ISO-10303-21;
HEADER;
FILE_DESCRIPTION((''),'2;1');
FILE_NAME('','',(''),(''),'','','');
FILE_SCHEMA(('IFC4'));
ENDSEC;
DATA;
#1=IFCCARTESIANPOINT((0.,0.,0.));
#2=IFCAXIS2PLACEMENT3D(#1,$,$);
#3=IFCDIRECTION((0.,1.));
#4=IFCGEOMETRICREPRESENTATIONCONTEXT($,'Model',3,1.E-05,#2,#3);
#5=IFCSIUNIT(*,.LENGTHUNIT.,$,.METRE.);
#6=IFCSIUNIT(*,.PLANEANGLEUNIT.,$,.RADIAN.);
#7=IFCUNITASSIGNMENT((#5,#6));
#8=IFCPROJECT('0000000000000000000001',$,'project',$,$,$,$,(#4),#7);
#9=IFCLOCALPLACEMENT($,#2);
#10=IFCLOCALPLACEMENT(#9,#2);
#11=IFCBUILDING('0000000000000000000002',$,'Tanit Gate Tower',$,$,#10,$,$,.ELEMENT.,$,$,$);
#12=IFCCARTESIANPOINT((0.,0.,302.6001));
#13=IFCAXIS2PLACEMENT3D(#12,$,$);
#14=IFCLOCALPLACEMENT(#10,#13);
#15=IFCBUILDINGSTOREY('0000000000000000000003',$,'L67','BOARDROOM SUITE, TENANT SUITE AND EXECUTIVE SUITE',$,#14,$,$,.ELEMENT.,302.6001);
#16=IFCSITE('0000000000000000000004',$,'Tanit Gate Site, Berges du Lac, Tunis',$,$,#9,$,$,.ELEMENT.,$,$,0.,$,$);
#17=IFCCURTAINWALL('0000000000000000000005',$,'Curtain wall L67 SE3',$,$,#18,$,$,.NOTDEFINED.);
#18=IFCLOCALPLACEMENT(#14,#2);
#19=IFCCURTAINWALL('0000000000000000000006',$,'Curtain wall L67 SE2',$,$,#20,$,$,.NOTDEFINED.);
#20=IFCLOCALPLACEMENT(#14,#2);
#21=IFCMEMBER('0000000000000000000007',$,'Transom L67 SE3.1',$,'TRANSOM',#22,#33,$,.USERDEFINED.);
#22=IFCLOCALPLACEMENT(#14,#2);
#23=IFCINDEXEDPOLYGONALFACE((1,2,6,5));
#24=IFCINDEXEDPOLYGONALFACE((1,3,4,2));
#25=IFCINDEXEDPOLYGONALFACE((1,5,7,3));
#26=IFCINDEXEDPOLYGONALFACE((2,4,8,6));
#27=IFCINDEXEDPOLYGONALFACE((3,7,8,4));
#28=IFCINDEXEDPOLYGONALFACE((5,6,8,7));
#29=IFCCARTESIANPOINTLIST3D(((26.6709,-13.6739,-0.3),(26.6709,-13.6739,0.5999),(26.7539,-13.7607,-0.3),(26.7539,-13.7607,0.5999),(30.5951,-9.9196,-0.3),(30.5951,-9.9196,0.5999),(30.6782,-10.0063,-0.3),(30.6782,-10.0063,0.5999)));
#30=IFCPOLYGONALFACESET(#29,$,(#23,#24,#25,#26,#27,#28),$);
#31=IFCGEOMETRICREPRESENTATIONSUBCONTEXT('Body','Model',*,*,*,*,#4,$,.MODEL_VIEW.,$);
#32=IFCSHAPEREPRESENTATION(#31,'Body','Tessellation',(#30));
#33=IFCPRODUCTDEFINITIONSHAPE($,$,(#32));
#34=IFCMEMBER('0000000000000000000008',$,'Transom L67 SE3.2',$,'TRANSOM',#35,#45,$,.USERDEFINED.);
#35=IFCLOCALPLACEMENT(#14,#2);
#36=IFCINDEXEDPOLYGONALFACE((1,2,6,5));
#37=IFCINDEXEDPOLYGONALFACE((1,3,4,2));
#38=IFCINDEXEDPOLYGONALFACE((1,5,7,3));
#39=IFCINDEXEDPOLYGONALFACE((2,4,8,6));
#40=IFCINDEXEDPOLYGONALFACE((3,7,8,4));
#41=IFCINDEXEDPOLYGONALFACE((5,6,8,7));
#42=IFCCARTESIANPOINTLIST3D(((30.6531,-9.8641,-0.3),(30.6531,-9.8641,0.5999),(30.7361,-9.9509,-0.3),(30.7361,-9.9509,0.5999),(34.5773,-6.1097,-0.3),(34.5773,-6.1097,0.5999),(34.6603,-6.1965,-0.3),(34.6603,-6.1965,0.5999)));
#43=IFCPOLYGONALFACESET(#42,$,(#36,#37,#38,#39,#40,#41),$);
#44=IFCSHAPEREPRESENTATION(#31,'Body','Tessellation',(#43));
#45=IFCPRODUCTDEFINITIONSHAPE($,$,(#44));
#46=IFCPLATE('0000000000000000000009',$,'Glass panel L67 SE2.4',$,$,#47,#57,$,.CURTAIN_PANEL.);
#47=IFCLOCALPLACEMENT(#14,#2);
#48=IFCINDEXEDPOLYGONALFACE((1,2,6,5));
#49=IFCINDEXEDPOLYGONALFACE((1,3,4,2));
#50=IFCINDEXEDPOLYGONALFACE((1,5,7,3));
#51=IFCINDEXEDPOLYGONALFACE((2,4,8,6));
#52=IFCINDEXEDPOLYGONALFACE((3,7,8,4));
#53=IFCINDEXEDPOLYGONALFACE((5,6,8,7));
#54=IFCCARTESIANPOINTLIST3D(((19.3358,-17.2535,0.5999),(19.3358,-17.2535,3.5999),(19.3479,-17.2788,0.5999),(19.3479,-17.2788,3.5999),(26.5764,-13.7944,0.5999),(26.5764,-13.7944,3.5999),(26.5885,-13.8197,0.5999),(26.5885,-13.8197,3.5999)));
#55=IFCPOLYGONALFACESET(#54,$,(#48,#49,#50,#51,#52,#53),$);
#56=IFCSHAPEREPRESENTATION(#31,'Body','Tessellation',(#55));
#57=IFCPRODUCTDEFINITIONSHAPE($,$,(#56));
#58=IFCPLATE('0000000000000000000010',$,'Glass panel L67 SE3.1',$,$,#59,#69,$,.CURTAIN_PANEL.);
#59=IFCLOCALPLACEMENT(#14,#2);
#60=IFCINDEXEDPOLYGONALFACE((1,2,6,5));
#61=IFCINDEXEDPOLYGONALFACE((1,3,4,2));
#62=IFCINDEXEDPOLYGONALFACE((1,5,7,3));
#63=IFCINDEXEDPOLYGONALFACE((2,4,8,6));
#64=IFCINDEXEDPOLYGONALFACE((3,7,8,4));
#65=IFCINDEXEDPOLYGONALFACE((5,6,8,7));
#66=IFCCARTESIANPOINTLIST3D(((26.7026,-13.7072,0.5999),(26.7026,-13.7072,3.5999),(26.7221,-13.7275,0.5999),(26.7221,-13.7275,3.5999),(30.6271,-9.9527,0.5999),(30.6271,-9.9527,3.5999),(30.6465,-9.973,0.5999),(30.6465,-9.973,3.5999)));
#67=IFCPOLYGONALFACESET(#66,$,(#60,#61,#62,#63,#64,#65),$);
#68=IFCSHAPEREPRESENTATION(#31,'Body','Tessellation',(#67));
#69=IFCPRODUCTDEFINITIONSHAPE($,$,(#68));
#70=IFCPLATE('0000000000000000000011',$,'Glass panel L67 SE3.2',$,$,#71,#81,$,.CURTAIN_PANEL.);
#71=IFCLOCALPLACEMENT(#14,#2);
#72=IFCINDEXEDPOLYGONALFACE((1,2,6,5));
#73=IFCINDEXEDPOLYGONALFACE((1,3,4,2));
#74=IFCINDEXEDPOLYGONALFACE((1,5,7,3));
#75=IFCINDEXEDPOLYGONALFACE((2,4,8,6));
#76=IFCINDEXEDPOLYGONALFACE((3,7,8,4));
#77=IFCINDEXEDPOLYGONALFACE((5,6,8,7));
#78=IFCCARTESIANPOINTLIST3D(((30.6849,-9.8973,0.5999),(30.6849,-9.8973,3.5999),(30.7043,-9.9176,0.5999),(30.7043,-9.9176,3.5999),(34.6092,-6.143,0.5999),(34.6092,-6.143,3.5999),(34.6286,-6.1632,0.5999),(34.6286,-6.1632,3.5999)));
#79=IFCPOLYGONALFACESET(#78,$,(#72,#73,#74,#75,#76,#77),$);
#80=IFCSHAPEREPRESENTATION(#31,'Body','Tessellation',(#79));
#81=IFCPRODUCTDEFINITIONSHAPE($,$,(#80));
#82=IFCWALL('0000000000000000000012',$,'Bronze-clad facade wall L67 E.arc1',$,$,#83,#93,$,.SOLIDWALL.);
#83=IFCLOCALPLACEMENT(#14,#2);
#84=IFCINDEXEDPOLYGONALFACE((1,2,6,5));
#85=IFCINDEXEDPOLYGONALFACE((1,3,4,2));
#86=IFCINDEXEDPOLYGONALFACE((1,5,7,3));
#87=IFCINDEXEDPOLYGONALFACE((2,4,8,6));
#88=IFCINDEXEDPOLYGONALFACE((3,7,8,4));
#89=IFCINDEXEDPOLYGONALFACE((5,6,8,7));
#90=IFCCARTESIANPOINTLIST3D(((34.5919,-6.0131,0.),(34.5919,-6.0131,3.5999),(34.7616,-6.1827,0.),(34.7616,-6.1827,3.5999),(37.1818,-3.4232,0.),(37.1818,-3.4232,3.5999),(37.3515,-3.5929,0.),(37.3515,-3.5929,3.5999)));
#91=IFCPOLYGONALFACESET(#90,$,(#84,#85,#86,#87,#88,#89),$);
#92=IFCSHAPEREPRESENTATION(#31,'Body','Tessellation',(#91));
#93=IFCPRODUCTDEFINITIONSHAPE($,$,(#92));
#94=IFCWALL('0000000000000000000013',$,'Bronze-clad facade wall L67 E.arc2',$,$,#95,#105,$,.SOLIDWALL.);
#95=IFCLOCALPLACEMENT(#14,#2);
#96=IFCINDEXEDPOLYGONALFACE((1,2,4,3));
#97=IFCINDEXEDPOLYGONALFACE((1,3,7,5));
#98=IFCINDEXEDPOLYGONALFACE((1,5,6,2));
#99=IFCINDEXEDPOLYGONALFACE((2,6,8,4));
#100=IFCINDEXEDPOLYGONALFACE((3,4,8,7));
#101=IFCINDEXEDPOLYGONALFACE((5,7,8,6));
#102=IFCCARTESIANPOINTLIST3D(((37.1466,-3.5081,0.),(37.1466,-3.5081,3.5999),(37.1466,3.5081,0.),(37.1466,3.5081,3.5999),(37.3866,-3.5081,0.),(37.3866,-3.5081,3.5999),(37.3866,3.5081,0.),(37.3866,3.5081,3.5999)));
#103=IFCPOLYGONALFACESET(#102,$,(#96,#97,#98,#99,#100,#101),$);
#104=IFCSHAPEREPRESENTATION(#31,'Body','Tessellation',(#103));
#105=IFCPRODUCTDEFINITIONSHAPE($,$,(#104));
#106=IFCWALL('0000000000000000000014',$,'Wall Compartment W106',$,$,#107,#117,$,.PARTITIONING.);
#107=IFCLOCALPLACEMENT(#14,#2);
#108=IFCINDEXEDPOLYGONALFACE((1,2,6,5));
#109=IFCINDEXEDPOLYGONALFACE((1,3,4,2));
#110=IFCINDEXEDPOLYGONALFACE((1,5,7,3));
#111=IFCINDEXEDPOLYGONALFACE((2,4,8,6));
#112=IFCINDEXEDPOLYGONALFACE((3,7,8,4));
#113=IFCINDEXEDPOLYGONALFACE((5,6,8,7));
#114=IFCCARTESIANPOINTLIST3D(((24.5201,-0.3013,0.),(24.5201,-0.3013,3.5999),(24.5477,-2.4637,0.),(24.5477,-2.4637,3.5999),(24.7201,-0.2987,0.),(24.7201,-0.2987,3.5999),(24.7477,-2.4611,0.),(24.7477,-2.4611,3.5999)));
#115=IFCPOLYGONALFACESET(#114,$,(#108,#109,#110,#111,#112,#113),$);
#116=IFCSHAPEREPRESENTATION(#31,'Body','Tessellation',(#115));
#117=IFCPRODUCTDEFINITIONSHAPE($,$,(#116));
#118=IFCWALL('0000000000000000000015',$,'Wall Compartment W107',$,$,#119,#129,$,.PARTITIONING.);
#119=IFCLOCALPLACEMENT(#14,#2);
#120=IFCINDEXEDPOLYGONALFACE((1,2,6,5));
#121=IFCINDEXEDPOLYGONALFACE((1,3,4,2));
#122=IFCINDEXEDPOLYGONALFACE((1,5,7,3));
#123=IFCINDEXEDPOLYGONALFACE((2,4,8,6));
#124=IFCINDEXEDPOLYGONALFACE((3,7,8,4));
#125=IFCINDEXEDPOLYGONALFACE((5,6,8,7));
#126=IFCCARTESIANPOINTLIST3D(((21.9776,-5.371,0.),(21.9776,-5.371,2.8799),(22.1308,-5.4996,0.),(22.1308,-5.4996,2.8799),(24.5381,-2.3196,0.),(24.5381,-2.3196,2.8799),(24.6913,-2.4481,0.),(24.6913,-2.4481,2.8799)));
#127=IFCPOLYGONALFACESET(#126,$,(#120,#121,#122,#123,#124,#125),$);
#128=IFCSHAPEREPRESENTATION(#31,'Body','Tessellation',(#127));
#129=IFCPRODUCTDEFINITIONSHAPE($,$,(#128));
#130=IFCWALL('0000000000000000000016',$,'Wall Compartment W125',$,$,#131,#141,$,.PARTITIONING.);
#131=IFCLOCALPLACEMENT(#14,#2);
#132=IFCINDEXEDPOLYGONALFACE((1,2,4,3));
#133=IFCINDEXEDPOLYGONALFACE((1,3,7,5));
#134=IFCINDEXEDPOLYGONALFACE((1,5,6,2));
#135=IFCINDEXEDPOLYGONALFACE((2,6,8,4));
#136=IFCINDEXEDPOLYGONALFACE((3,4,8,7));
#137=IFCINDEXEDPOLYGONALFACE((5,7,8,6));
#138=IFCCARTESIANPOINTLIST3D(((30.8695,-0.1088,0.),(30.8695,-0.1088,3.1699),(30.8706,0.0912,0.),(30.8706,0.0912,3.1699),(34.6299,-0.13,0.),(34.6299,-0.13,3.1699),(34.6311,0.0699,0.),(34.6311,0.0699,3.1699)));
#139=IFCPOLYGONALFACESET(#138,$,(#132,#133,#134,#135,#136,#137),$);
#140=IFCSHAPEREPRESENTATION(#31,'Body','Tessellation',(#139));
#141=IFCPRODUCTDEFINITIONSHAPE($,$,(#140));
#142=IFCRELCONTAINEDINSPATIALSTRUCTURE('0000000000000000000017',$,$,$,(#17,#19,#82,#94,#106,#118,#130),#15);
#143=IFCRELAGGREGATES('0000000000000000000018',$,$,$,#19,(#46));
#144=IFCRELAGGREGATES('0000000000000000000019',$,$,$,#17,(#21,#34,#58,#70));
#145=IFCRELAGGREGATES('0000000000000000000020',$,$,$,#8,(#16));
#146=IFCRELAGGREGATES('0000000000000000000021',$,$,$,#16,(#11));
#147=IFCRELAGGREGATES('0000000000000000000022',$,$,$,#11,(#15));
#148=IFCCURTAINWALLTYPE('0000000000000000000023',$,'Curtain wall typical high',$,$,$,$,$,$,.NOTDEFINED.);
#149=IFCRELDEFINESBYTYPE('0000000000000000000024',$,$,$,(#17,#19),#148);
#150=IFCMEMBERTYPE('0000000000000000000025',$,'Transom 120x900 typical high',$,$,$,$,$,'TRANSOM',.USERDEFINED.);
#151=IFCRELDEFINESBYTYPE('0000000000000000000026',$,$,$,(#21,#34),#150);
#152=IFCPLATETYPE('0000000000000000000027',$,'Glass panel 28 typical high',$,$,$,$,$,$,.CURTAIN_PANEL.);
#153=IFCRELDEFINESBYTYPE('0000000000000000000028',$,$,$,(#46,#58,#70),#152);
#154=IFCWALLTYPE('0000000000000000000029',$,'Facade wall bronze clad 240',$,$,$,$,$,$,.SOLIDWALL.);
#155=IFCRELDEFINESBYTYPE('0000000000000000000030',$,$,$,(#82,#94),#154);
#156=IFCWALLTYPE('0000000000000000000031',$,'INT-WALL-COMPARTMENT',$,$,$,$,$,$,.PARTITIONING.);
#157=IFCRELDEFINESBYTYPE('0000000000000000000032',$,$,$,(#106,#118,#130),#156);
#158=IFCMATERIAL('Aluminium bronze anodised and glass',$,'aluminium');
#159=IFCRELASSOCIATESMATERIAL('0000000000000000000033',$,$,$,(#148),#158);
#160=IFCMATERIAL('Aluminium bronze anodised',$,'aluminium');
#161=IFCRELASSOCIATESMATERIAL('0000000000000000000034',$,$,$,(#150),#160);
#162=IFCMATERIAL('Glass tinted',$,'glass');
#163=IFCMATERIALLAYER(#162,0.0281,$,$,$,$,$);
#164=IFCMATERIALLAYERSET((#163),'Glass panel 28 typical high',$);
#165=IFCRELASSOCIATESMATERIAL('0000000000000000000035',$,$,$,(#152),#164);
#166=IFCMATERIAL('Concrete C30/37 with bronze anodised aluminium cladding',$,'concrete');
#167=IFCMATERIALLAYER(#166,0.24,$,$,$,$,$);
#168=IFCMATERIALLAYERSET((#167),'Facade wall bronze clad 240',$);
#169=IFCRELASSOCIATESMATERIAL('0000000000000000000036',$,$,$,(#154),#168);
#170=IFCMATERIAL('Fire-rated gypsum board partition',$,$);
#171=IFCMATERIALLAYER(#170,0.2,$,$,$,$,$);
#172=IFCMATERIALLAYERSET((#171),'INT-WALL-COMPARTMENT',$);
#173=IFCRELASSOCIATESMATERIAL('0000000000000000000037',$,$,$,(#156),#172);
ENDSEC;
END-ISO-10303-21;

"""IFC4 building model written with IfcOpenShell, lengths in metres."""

from ifc_helpers import new_model, si_unit, direction, frame, frame_2d, origin, origin_2d, place, context, subcontext, project, spatial, rectangle, extrude, material, layer, layer_set, material_profile, profile_set, type_object, element, aggregate, save


model = new_model("IFC4")

# Units and contexts
model_context = context("Model", 3, precision=1e-05, world=origin(), true_north=direction((0.0, 1.0)))
body_context = subcontext(model_context, "Body", "Model", "MODEL_VIEW")
ifc_project = project(units=[si_unit("LENGTHUNIT", "METRE"), si_unit("PLANEANGLEUNIT", "RADIAN")], contexts=[model_context])

# Site, building, storey
site_placement = place(None, origin())
site = spatial("IfcSite", under=ifc_project, at=site_placement, Name="Tanit Gate Site, Berges du Lac, Tunis", CompositionType="ELEMENT", RefElevation=0.0)
building_placement = place(site_placement, origin())
building = spatial("IfcBuilding", under=site, at=building_placement, Name="Tanit Gate Tower", CompositionType="ELEMENT")
storey_placement = place(building_placement, frame((0.0, 0.0, 302.6001)))
storey = spatial("IfcBuildingStorey", under=building, at=storey_placement, Name="L67", Description="BOARDROOM SUITE, TENANT SUITE AND EXECUTIVE SUITE", CompositionType="ELEMENT", Elevation=302.6001)

# Curtain wall
ifc_material_1 = material(Name="Aluminium bronze anodised and glass", Category="aluminium")
curtain_wall_type = type_object("IfcCurtainWallType", Name="Curtain wall typical high", PredefinedType="NOTDEFINED", material=ifc_material_1)
curtain_wall_1_placement = place(storey_placement, origin())
curtain_wall_1 = element("IfcCurtainWall", 1, at=curtain_wall_1_placement, inside=storey, type_object=curtain_wall_type, Name="Curtain wall L67 SE3", PredefinedType="NOTDEFINED")

# Curtain wall
curtain_wall_2_placement = place(storey_placement, origin())
curtain_wall_2 = element("IfcCurtainWall", 2, at=curtain_wall_2_placement, inside=storey, type_object=curtain_wall_type, Name="Curtain wall L67 SE2", PredefinedType="NOTDEFINED")

# Members
ifc_material_2 = material(Name="Aluminium bronze anodised", Category="aluminium")
ifc_material_profile_1 = material_profile(ifc_material_2, rectangle(XDim=0.1201, YDim=0.8999, at=origin_2d()), Name="120x900 bronze transom")
ifc_profile_set_1 = profile_set([ifc_material_profile_1], Name="Aluminium bronze anodised")
member_type_1 = type_object("IfcMemberType", Name="Transom 120x900 typical high", ElementType="TRANSOM", PredefinedType="USERDEFINED", material=ifc_profile_set_1)
member_1_placement = place(storey_placement, frame((26.7124, -13.7173, 0.1499), z_axis=(0.722577, 0.69129, 0.0), x_axis=(-0.69129, 0.722577, 0.0)))
member_1 = element("IfcMember", 3, at=member_1_placement, type_object=member_type_1, Name="Transom L67 SE3.1", ObjectType="TRANSOM", PredefinedType="USERDEFINED", context=body_context, shape_type="SweptSolid", body=[
    extrude(rectangle(XDim=0.1201, YDim=0.8999, at=origin_2d()), origin(), (0.0, 0.0, 1.0), 5.4309),
])
member_2_placement = place(storey_placement, frame((30.6946, -9.9075, 0.1499), z_axis=(0.722577, 0.69129, 0.0), x_axis=(-0.69129, 0.722577, 0.0)))
member_2 = element("IfcMember", 4, at=member_2_placement, type_object=member_type_1, Name="Transom L67 SE3.2", ObjectType="TRANSOM", PredefinedType="USERDEFINED", context=body_context, shape_type="SweptSolid", body=[
    extrude(rectangle(XDim=0.1201, YDim=0.8999, at=origin_2d()), origin(), (0.0, 0.0, 1.0), 5.4309),
])

# Plates
ifc_material_3 = material(Name="Glass tinted", Category="glass")
ifc_layer_1 = layer(ifc_material_3, 0.0281)
ifc_layer_set_1 = layer_set([ifc_layer_1], Name="Glass panel 28 typical high")
plate_type = type_object("IfcPlateType", Name="Glass panel 28 typical high", PredefinedType="CURTAIN_PANEL", material=ifc_layer_set_1)
plate_1_placement = place(storey_placement, frame((22.9622, -15.5366, 0.5999), z_axis=(0.0, 0.0, 1.0), x_axis=(0.902317, 0.431073, 0.0)))
plate_1 = element("IfcPlate", 5, at=plate_1_placement, type_object=plate_type, Name="Glass panel L67 SE2.4", PredefinedType="CURTAIN_PANEL", context=body_context, shape_type="SweptSolid", body=[
    extrude(rectangle(XDim=8.0244, YDim=0.0281, at=origin_2d()), origin(), (0.0, 0.0, 1.0), 3.0),
])
aggregate(curtain_wall_2, [plate_1])
plate_2_placement = place(storey_placement, frame((28.6746, -11.8401, 0.5999), z_axis=(0.0, 0.0, 1.0), x_axis=(0.722577, 0.691291, 0.0)))
plate_2 = element("IfcPlate", 6, at=plate_2_placement, type_object=plate_type, Name="Glass panel L67 SE3.1", PredefinedType="CURTAIN_PANEL", context=body_context, shape_type="SweptSolid", body=[
    extrude(rectangle(XDim=5.4312, YDim=0.0281, at=origin_2d()), origin(), (0.0, 0.0, 1.0), 3.0),
])
plate_3_placement = place(storey_placement, frame((32.6567, -8.0303, 0.5999), z_axis=(0.0, 0.0, 1.0), x_axis=(0.722577, 0.691291, 0.0)))
plate_3 = element("IfcPlate", 7, at=plate_3_placement, type_object=plate_type, Name="Glass panel L67 SE3.2", PredefinedType="CURTAIN_PANEL", context=body_context, shape_type="SweptSolid", body=[
    extrude(rectangle(XDim=5.4309, YDim=0.0281, at=origin_2d()), origin(), (0.0, 0.0, 1.0), 3.0),
])
aggregate(curtain_wall_1, [member_1, member_2, plate_2, plate_3])

# Walls
ifc_material_4 = material(Name="Concrete C30/37 with bronze anodised aluminium cladding", Category="concrete")
ifc_layer_2 = layer(ifc_material_4, 0.24)
ifc_layer_set_2 = layer_set([ifc_layer_2], Name="Facade wall bronze clad 240")
wall_type_1 = type_object("IfcWallType", Name="Facade wall bronze clad 240", PredefinedType="SOLIDWALL", material=ifc_layer_set_2)
wall_1_placement = place(storey_placement, frame((34.6768, -6.0979, 0.0), z_axis=(0.0, 0.0, 1.0), x_axis=(0.707107, 0.707107, 0.0)))
element("IfcWall", 8, at=wall_1_placement, inside=storey, type_object=wall_type_1, Name="Bronze-clad facade wall L67 E.arc1", PredefinedType="SOLIDWALL", context=body_context, shape_type="SweptSolid", body=[
    extrude(rectangle(XDim=3.6626, YDim=0.24, at=frame_2d((1.8313, 0.0))), origin(), (0.0, 0.0, 1.0), 3.5999),
])
wall_2_placement = place(storey_placement, frame((37.2666, -3.5081, 0.0), z_axis=(0.0, 0.0, 1.0), x_axis=(0.0, 1.0, 0.0)))
element("IfcWall", 9, at=wall_2_placement, inside=storey, type_object=wall_type_1, Name="Bronze-clad facade wall L67 E.arc2", PredefinedType="SOLIDWALL", context=body_context, shape_type="SweptSolid", body=[
    extrude(rectangle(XDim=7.0161, YDim=0.24, at=frame_2d((3.5081, 0.0))), origin(), (0.0, 0.0, 1.0), 3.5999),
])
ifc_material_5 = material(Name="Fire-rated gypsum board partition")
ifc_layer_3 = layer(ifc_material_5, 0.2)
ifc_layer_set_3 = layer_set([ifc_layer_3], Name="INT-WALL-COMPARTMENT")
wall_type_2 = type_object("IfcWallType", Name="INT-WALL-COMPARTMENT", PredefinedType="PARTITIONING", material=ifc_layer_set_3)
wall_3_placement = place(storey_placement, frame((24.6477, -2.4624, 0.0), z_axis=(0.0, 0.0, 1.0), x_axis=(-0.012757, 0.999919, 0.0)))
element("IfcWall", 10, at=wall_3_placement, inside=storey, type_object=wall_type_2, Name="Wall Compartment W106", PredefinedType="PARTITIONING", context=body_context, shape_type="SweptSolid", body=[
    extrude(rectangle(XDim=2.1626, YDim=0.2, at=frame_2d((1.0813, 0.0))), origin(), (0.0, 0.0, 1.0), 3.5999),
])
wall_4_placement = place(storey_placement, frame((22.0542, -5.4353, 0.0), z_axis=(0.0, 0.0, 1.0), x_axis=(0.642791, 0.766042, 0.0)))
element("IfcWall", 11, at=wall_4_placement, inside=storey, type_object=wall_type_2, Name="Wall Compartment W107", PredefinedType="PARTITIONING", context=body_context, shape_type="SweptSolid", body=[
    extrude(rectangle(XDim=3.9834, YDim=0.2, at=frame_2d((1.9917, 0.0))), origin(), (0.0, 0.0, 1.0), 2.8799),
])
wall_5_placement = place(storey_placement, frame((34.6306, -0.03, 0.0), z_axis=(0.0, 0.0, 1.0), x_axis=(-0.999984, 0.005648, 0.0)))
element("IfcWall", 12, at=wall_5_placement, inside=storey, type_object=wall_type_2, Name="Wall Compartment W125", PredefinedType="PARTITIONING", context=body_context, shape_type="SweptSolid", body=[
    extrude(rectangle(XDim=3.7605, YDim=0.2, at=frame_2d((1.8804, 0.0))), origin(), (0.0, 0.0, 1.0), 3.1699),
])

save(model, "model.ifc")
